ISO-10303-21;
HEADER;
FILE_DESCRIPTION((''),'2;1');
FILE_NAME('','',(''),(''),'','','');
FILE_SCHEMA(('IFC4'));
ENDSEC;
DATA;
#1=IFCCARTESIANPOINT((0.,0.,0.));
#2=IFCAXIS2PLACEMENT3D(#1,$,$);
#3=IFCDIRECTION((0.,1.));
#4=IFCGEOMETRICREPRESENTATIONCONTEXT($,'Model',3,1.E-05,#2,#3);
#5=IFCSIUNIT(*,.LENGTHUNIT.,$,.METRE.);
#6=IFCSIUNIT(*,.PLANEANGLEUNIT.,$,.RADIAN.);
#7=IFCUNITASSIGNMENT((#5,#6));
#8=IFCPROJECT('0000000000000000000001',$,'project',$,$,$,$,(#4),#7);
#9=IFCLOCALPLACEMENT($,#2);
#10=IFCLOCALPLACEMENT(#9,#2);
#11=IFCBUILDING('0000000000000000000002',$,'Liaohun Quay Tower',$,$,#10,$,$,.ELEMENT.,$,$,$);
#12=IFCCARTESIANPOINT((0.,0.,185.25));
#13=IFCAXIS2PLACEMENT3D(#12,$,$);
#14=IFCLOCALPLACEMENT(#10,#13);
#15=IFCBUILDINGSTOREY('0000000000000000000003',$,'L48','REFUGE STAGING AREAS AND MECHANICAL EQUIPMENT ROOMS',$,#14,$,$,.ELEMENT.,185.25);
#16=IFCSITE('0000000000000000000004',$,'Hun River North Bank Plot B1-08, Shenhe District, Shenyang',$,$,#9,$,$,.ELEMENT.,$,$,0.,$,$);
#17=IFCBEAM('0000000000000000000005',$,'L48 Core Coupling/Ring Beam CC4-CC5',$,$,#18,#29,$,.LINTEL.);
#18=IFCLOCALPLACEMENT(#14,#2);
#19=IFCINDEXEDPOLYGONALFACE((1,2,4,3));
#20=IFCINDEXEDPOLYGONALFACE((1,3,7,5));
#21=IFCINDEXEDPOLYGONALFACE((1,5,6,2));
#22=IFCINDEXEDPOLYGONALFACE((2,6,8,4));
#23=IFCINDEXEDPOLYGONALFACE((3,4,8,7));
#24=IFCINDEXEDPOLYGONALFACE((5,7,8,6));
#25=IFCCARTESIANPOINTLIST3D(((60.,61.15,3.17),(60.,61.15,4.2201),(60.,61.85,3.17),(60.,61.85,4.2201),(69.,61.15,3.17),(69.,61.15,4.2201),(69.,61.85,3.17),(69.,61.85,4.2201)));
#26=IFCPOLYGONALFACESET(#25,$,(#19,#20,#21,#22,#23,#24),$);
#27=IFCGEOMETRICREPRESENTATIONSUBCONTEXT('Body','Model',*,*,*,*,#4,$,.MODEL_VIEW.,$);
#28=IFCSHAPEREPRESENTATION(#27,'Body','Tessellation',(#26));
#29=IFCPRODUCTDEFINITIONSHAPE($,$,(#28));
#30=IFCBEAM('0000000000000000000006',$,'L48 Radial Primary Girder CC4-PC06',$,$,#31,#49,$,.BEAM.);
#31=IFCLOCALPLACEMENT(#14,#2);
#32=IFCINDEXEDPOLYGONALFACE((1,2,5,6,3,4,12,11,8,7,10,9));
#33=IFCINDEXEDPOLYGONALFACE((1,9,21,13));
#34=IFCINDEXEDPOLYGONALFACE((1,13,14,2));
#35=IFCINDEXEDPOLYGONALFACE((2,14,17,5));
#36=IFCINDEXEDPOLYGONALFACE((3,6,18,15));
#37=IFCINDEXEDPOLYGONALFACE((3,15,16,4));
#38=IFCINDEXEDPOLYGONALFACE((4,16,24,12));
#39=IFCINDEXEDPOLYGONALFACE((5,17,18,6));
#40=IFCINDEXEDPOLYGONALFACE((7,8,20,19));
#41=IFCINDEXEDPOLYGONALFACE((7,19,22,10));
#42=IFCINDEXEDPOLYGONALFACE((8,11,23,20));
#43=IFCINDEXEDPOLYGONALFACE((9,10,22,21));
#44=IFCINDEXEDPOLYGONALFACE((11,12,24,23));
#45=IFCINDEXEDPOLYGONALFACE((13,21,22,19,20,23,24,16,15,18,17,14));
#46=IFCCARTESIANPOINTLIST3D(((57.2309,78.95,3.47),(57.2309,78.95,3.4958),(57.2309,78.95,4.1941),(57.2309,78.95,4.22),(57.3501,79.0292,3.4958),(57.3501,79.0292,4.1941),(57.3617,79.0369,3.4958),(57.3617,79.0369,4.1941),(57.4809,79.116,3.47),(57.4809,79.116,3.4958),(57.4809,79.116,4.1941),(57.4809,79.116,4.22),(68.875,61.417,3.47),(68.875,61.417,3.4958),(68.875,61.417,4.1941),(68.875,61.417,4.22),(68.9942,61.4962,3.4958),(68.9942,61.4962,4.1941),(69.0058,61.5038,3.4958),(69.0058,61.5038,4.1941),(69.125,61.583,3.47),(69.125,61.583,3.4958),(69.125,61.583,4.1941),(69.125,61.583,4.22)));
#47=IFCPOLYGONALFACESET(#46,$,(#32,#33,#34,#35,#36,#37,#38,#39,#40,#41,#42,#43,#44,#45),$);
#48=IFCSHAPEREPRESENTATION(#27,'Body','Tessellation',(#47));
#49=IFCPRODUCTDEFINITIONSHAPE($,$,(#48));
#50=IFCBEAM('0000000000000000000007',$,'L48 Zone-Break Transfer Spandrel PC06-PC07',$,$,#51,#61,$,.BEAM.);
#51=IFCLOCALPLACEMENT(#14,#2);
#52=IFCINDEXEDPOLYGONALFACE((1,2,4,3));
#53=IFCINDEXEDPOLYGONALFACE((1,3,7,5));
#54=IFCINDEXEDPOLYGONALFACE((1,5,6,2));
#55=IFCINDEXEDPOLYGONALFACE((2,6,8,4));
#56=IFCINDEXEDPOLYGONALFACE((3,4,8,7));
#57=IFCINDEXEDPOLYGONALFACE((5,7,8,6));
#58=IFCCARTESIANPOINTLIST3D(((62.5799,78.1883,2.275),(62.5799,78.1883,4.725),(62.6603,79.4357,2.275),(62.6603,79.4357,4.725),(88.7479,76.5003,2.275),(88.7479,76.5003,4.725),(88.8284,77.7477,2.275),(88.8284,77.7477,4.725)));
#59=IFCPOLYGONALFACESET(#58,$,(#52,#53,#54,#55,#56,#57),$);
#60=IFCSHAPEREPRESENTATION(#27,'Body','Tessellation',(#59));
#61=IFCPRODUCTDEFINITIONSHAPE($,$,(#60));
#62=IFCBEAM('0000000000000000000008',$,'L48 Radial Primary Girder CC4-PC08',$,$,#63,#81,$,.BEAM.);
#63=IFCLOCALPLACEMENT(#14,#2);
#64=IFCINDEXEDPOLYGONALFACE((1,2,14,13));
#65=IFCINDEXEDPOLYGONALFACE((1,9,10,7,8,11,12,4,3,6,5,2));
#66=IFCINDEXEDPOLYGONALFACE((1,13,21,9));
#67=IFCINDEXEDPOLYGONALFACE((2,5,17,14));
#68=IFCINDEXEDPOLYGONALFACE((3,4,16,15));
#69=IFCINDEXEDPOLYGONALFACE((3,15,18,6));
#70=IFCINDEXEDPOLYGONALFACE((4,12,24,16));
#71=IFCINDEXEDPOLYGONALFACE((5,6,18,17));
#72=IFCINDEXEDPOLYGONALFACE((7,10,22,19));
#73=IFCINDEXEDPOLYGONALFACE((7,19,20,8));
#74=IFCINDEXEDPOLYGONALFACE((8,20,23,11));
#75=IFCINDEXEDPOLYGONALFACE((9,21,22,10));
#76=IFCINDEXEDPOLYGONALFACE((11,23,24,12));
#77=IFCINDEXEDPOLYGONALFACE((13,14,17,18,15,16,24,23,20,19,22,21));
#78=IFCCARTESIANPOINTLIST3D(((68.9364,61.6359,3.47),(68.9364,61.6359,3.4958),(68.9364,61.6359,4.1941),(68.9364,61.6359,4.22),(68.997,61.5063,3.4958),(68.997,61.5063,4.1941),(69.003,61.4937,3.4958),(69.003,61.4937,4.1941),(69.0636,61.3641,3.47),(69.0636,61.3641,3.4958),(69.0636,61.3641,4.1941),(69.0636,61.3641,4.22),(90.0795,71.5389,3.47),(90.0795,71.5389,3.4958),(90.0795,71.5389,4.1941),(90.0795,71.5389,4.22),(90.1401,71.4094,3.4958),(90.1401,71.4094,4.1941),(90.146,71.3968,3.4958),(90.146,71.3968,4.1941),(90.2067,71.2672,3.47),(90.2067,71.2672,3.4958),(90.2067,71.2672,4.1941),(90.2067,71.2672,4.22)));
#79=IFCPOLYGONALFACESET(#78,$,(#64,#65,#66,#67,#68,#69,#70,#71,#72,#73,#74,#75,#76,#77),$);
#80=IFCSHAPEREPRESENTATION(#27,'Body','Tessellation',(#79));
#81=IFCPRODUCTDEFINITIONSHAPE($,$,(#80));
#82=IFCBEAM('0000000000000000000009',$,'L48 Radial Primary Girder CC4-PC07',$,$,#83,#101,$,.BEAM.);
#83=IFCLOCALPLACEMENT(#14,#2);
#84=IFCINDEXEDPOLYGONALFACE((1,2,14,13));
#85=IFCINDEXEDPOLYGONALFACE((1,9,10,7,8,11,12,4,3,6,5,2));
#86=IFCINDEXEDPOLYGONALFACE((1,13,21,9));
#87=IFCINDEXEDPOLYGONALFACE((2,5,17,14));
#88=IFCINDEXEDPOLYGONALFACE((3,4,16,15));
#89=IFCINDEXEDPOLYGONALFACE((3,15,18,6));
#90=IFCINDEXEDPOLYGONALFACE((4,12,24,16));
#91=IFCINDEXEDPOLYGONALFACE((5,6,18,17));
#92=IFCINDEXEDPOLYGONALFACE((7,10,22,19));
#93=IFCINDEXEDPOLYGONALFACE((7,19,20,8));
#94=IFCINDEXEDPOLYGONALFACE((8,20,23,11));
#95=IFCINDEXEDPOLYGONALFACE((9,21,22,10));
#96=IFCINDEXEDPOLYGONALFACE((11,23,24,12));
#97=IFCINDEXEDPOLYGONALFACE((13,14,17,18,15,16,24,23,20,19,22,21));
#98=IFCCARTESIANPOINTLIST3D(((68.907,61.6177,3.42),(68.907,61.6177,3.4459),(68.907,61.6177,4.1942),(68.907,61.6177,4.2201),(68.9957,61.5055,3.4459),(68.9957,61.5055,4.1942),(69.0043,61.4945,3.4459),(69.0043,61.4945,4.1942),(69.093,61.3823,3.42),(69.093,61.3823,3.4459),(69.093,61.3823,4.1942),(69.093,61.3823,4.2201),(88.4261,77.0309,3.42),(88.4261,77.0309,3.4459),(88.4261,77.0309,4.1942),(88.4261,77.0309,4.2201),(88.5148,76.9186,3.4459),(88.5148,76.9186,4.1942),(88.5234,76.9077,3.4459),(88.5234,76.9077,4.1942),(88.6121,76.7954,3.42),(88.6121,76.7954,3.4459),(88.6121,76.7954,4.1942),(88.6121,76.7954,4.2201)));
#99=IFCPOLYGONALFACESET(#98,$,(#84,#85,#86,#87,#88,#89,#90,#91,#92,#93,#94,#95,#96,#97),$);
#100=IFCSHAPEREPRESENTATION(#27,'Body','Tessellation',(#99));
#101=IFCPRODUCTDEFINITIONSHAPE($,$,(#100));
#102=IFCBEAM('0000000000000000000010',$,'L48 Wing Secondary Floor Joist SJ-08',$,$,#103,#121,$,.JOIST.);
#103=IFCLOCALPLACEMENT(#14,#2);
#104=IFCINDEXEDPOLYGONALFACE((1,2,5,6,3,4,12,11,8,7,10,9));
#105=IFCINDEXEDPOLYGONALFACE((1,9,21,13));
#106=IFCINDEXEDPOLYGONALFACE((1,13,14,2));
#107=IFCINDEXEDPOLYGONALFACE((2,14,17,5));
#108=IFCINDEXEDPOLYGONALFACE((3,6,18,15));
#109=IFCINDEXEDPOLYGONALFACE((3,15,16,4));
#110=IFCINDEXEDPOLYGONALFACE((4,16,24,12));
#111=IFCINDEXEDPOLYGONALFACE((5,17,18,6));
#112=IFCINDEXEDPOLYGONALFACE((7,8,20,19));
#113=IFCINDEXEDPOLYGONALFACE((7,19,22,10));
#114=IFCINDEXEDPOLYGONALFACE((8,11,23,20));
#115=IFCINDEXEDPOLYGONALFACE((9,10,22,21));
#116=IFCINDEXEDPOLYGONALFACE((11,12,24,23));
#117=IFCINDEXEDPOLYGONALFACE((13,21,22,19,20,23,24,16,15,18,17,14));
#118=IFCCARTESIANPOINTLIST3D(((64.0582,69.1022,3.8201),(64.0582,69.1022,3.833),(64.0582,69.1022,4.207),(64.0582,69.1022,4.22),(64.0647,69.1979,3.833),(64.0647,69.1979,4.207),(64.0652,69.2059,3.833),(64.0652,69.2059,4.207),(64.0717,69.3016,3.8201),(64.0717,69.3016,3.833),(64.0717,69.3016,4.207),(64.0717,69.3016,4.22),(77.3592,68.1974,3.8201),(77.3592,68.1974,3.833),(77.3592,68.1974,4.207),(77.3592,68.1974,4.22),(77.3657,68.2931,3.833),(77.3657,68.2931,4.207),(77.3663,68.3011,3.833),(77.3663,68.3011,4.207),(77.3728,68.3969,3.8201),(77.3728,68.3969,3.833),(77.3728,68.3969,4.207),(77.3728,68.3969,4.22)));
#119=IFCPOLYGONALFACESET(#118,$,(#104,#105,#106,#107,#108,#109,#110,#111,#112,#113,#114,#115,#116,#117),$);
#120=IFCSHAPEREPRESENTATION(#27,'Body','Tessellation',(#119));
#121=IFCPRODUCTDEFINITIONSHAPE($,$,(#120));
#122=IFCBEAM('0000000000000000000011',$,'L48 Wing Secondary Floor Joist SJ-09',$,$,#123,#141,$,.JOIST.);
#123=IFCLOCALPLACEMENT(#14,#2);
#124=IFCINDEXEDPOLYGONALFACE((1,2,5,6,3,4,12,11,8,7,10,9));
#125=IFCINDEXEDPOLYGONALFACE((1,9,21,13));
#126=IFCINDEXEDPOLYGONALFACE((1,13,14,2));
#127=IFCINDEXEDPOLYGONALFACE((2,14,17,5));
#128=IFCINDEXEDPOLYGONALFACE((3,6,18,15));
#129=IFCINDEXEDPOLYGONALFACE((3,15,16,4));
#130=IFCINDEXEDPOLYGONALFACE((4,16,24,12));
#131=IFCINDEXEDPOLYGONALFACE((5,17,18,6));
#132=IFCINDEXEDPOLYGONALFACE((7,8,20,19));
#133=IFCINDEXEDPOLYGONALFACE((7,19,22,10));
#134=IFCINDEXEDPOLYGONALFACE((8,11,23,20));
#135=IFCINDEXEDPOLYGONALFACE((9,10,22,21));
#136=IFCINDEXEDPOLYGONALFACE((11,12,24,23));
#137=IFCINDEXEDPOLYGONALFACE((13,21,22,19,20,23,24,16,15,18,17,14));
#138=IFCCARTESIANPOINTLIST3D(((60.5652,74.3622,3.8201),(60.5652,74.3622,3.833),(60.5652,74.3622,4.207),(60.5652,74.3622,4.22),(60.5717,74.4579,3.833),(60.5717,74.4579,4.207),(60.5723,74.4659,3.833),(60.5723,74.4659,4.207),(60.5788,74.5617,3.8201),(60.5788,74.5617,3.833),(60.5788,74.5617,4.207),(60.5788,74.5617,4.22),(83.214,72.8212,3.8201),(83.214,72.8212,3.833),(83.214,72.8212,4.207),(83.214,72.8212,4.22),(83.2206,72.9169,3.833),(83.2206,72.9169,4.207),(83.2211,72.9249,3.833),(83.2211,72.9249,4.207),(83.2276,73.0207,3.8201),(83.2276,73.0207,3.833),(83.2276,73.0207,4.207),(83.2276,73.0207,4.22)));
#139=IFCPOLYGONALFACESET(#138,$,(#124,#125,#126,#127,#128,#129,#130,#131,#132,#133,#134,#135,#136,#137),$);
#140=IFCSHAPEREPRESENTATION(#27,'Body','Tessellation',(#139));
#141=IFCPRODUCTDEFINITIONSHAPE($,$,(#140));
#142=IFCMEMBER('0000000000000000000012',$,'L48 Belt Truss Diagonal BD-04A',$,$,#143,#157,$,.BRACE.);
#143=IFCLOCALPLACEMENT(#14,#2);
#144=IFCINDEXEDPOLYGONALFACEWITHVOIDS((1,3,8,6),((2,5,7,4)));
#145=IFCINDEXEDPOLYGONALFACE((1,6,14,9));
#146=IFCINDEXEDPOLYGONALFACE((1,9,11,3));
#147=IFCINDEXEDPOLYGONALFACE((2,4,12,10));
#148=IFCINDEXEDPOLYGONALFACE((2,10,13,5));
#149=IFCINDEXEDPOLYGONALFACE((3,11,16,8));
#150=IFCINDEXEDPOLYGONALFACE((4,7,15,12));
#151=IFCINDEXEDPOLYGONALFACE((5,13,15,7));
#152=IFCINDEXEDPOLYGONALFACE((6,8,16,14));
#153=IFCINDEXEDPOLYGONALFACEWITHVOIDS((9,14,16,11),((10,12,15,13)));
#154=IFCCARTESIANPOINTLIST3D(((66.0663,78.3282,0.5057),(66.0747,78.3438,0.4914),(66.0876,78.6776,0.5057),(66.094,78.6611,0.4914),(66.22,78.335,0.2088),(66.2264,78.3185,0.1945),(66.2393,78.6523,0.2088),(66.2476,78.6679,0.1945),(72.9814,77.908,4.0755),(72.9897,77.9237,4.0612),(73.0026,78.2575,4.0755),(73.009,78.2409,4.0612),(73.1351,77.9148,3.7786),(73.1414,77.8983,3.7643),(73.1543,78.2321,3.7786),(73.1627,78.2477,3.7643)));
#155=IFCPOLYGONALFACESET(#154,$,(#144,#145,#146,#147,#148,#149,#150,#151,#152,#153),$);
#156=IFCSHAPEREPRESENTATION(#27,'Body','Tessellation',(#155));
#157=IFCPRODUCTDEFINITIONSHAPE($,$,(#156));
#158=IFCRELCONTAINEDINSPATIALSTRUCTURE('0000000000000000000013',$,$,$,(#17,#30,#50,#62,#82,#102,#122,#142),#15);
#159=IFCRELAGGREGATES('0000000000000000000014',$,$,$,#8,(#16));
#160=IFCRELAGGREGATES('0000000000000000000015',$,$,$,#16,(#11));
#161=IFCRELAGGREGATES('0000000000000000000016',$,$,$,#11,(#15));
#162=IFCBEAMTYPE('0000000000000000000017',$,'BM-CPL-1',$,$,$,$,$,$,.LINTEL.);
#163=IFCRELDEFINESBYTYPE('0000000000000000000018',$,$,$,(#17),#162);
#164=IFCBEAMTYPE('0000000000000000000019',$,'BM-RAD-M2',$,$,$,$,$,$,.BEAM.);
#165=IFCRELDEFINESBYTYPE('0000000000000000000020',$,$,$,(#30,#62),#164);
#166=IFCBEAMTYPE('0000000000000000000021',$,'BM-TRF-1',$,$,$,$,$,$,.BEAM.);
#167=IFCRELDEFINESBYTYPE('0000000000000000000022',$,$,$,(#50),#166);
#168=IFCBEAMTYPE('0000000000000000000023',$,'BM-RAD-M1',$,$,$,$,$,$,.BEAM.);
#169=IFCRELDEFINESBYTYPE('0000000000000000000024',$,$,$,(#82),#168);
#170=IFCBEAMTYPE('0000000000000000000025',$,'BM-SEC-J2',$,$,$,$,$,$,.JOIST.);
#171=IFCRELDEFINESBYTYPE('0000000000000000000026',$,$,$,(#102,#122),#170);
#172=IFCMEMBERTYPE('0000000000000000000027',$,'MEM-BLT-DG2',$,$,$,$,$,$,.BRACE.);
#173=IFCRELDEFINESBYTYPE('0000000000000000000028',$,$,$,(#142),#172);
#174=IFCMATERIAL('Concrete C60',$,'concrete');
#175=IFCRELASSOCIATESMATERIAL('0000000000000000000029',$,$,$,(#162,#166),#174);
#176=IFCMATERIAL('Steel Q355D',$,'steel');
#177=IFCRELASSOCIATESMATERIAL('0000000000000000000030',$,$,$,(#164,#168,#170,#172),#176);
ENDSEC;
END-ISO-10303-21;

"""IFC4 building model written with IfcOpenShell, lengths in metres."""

from ifc_helpers import new_model, si_unit, direction, frame, origin, origin_2d, place, context, subcontext, project, spatial, rectangle, hollow_rectangle, i_section, extrude, source, transform, mapped, material, material_profile, profile_set, type_object, element, save


model = new_model("IFC4")

# Units and contexts
model_context = context("Model", 3, precision=1e-05, world=origin(), true_north=direction((0.0, 1.0)))
body_context = subcontext(model_context, "Body", "Model", "MODEL_VIEW")
ifc_project = project(units=[si_unit("LENGTHUNIT", "METRE"), si_unit("PLANEANGLEUNIT", "RADIAN")], contexts=[model_context])

# Site, building, storey
site_placement = place(None, origin())
site = spatial("IfcSite", under=ifc_project, at=site_placement, Name="Hun River North Bank Plot B1-08, Shenhe District, Shenyang", CompositionType="ELEMENT", RefElevation=0.0)
building_placement = place(site_placement, origin())
building = spatial("IfcBuilding", under=site, at=building_placement, Name="Liaohun Quay Tower", CompositionType="ELEMENT")
storey_placement = place(building_placement, frame((0.0, 0.0, 185.25)))
storey = spatial("IfcBuildingStorey", under=building, at=storey_placement, Name="L48", Description="REFUGE STAGING AREAS AND MECHANICAL EQUIPMENT ROOMS", CompositionType="ELEMENT", Elevation=185.25)

# Beams
ifc_material_1 = material(Name="Concrete C60", Category="concrete")
ifc_material_profile_1 = material_profile(ifc_material_1, rectangle(XDim=0.7, YDim=1.05, at=origin_2d()), Name="RC700x1050")
ifc_profile_set_1 = profile_set([ifc_material_profile_1], Name="Concrete C60")
beam_type_1 = type_object("IfcBeamType", Name="BM-CPL-1", PredefinedType="LINTEL", material=ifc_profile_set_1)
shared_shape_1 = source(origin(), body_context, "Body", "SweptSolid", [
    extrude(rectangle(XDim=0.7, YDim=1.05, at=origin_2d()), origin(), (0.0, 0.0, 1.0), 9.0),
])
beam_1_placement = place(storey_placement, frame((69.0, 61.5, 3.6951), z_axis=(-1.0, 0.0, 0.0), x_axis=(0.0, -1.0, 0.0)))
element("IfcBeam", 1, at=beam_1_placement, inside=storey, type_object=beam_type_1, Name="L48 Core Coupling/Ring Beam CC4-CC5", PredefinedType="LINTEL", context=body_context, shape_type="MappedRepresentation", body=[
    mapped(shared_shape_1, transform((0.0, 0.0, 0.0), x_axis=(1.0, 0.0, 0.0), y_axis=(0.0, 1.0, 0.0), z_axis=(0.0, 0.0, 1.0), scale=1.0)),
])
ifc_material_2 = material(Name="Steel Q355D", Category="steel")
ifc_material_profile_2 = material_profile(ifc_material_2, i_section(OverallWidth=0.3, OverallDepth=0.75, WebThickness=0.0139, FlangeThickness=0.0259, at=origin_2d()), Name="HN750x300x14x26")
ifc_profile_set_2 = profile_set([ifc_material_profile_2], Name="Steel Q355D")
beam_type_2 = type_object("IfcBeamType", Name="BM-RAD-M2", PredefinedType="BEAM", material=ifc_profile_set_2)
shared_shape_2 = source(origin(), body_context, "Body", "SweptSolid", [
    extrude(i_section(OverallWidth=0.3, OverallDepth=0.75, WebThickness=0.0139, FlangeThickness=0.0259, at=origin_2d()), origin(), (0.0, 0.0, 1.0), 21.0474),
])
beam_2_placement = place(storey_placement, frame((69.0, 61.5, 3.845), z_axis=(-0.553232, 0.833027, 0.0), x_axis=(-0.833027, -0.553232, 0.0)))
element("IfcBeam", 2, at=beam_2_placement, inside=storey, type_object=beam_type_2, Name="L48 Radial Primary Girder CC4-PC06", PredefinedType="BEAM", context=body_context, shape_type="MappedRepresentation", body=[
    mapped(shared_shape_2, transform((0.0, 0.0, 0.0), x_axis=(1.0, 0.0, 0.0), y_axis=(0.0, 1.0, 0.0), z_axis=(0.0, 0.0, 1.0), scale=1.0)),
])
ifc_material_profile_3 = material_profile(ifc_material_1, rectangle(XDim=1.25, YDim=2.45, at=origin_2d()), Name="RC1250x2450")
ifc_profile_set_3 = profile_set([ifc_material_profile_3], Name="Concrete C60")
beam_type_3 = type_object("IfcBeamType", Name="BM-TRF-1", PredefinedType="BEAM", material=ifc_profile_set_3)
shared_shape_3 = source(origin(), body_context, "Body", "SweptSolid", [
    extrude(rectangle(XDim=1.25, YDim=2.45, at=origin_2d()), origin(), (0.0, 0.0, 1.0), 26.2224),
])
beam_3_placement = place(storey_placement, frame((62.6201, 78.812, 3.5), z_axis=(0.997926, -0.064372, 0.0), x_axis=(0.064372, 0.997926, 0.0)))
element("IfcBeam", 3, at=beam_3_placement, inside=storey, type_object=beam_type_3, Name="L48 Zone-Break Transfer Spandrel PC06-PC07", PredefinedType="BEAM", context=body_context, shape_type="MappedRepresentation", body=[
    mapped(shared_shape_3, transform((0.0, 0.0, 0.0), x_axis=(1.0, 0.0, 0.0), y_axis=(0.0, 1.0, 0.0), z_axis=(0.0, 0.0, 1.0), scale=1.0)),
])
shared_shape_4 = source(origin(), body_context, "Body", "SweptSolid", [
    extrude(i_section(OverallWidth=0.3, OverallDepth=0.75, WebThickness=0.0139, FlangeThickness=0.0259, at=origin_2d()), origin(), (0.0, 0.0, 1.0), 23.3474),
])
beam_4_placement = place(storey_placement, frame((69.0, 61.5, 3.845), z_axis=(0.905586, 0.424162, 0.0), x_axis=(-0.424162, 0.905586, 0.0)))
element("IfcBeam", 4, at=beam_4_placement, inside=storey, type_object=beam_type_2, Name="L48 Radial Primary Girder CC4-PC08", PredefinedType="BEAM", context=body_context, shape_type="MappedRepresentation", body=[
    mapped(shared_shape_4, transform((0.0, 0.0, 0.0), x_axis=(1.0, 0.0, 0.0), y_axis=(0.0, 1.0, 0.0), z_axis=(0.0, 0.0, 1.0), scale=1.0)),
])
ifc_material_profile_4 = material_profile(ifc_material_2, i_section(OverallWidth=0.3, OverallDepth=0.8, WebThickness=0.0139, FlangeThickness=0.0259, at=origin_2d()), Name="HN800x300x14x26")
ifc_profile_set_4 = profile_set([ifc_material_profile_4], Name="Steel Q355D")
beam_type_4 = type_object("IfcBeamType", Name="BM-RAD-M1", PredefinedType="BEAM", material=ifc_profile_set_4)
shared_shape_5 = source(origin(), body_context, "Body", "SweptSolid", [
    extrude(i_section(OverallWidth=0.3, OverallDepth=0.8, WebThickness=0.0139, FlangeThickness=0.0259, at=origin_2d()), origin(), (0.0, 0.0, 1.0), 24.8708),
])
beam_5_placement = place(storey_placement, frame((69.0, 61.5, 3.8201), z_axis=(0.784818, 0.619726, 0.0), x_axis=(-0.619726, 0.784818, 0.0)))
element("IfcBeam", 5, at=beam_5_placement, inside=storey, type_object=beam_type_4, Name="L48 Radial Primary Girder CC4-PC07", PredefinedType="BEAM", context=body_context, shape_type="MappedRepresentation", body=[
    mapped(shared_shape_5, transform((0.0, 0.0, 0.0), x_axis=(1.0, 0.0, 0.0), y_axis=(0.0, 1.0, 0.0), z_axis=(0.0, 0.0, 1.0), scale=1.0)),
])
ifc_material_profile_5 = material_profile(ifc_material_2, i_section(OverallWidth=0.2, OverallDepth=0.3999, WebThickness=0.0081, FlangeThickness=0.0129, at=origin_2d()), Name="HN400x200x8x13")
ifc_profile_set_5 = profile_set([ifc_material_profile_5], Name="Steel Q355D")
beam_type_5 = type_object("IfcBeamType", Name="BM-SEC-J2", PredefinedType="JOIST", material=ifc_profile_set_5)
shared_shape_6 = source(origin(), body_context, "Body", "SweptSolid", [
    extrude(i_section(OverallWidth=0.2, OverallDepth=0.3999, WebThickness=0.0081, FlangeThickness=0.0129, at=origin_2d()), origin(), (0.0, 0.0, 1.0), 13.3318),
])
beam_6_placement = place(storey_placement, frame((64.0649, 69.2019, 4.02), z_axis=(0.997694, -0.067867, 0.0), x_axis=(0.067867, 0.997694, 0.0)))
element("IfcBeam", 6, at=beam_6_placement, inside=storey, type_object=beam_type_5, Name="L48 Wing Secondary Floor Joist SJ-08", PredefinedType="JOIST", context=body_context, shape_type="MappedRepresentation", body=[
    mapped(shared_shape_6, transform((0.0, 0.0, 0.0), x_axis=(1.0, 0.0, 0.0), y_axis=(0.0, 1.0, 0.0), z_axis=(0.0, 0.0, 1.0), scale=1.0)),
])
shared_shape_7 = source(origin(), body_context, "Body", "SweptSolid", [
    extrude(i_section(OverallWidth=0.2, OverallDepth=0.3999, WebThickness=0.0081, FlangeThickness=0.0129, at=origin_2d()), origin(), (0.0, 0.0, 1.0), 22.7012),
])
beam_7_placement = place(storey_placement, frame((60.572, 74.4619, 4.02), z_axis=(0.997693, -0.067882, 0.0), x_axis=(0.067882, 0.997693, 0.0)))
element("IfcBeam", 7, at=beam_7_placement, inside=storey, type_object=beam_type_5, Name="L48 Wing Secondary Floor Joist SJ-09", PredefinedType="JOIST", context=body_context, shape_type="MappedRepresentation", body=[
    mapped(shared_shape_7, transform((0.0, 0.0, 0.0), x_axis=(1.0, 0.0, 0.0), y_axis=(0.0, 1.0, 0.0), z_axis=(0.0, 0.0, 1.0), scale=1.0)),
])

# Member
ifc_material_profile_6 = material_profile(ifc_material_2, hollow_rectangle(XDim=0.3501, YDim=0.3501, WallThickness=0.0161, at=origin_2d()), Name="SHS350x350x16")
ifc_profile_set_6 = profile_set([ifc_material_profile_6], Name="Steel Q355D")
member_type = type_object("IfcMemberType", Name="MEM-BLT-DG2", PredefinedType="BRACE", material=ifc_profile_set_6)
shared_shape_8 = source(origin(), body_context, "Body", "SweptSolid", [
    extrude(hollow_rectangle(XDim=0.3501, YDim=0.3501, WallThickness=0.0161, at=origin_2d()), origin(), (0.0, 0.0, 1.0), 7.7935),
])
member_placement = place(storey_placement, frame((66.157, 78.498, 0.3501), z_axis=(0.887288, -0.053913, 0.458054), x_axis=(0.060649, 0.998159, 0.0)))
element("IfcMember", 8, at=member_placement, inside=storey, type_object=member_type, Name="L48 Belt Truss Diagonal BD-04A", PredefinedType="BRACE", context=body_context, shape_type="MappedRepresentation", body=[
    mapped(shared_shape_8, transform((0.0, 0.0, 0.0), x_axis=(1.0, 0.0, 0.0), y_axis=(0.0, 1.0, 0.0), z_axis=(0.0, 0.0, 1.0), scale=1.0)),
])

save(model, "model.ifc")
